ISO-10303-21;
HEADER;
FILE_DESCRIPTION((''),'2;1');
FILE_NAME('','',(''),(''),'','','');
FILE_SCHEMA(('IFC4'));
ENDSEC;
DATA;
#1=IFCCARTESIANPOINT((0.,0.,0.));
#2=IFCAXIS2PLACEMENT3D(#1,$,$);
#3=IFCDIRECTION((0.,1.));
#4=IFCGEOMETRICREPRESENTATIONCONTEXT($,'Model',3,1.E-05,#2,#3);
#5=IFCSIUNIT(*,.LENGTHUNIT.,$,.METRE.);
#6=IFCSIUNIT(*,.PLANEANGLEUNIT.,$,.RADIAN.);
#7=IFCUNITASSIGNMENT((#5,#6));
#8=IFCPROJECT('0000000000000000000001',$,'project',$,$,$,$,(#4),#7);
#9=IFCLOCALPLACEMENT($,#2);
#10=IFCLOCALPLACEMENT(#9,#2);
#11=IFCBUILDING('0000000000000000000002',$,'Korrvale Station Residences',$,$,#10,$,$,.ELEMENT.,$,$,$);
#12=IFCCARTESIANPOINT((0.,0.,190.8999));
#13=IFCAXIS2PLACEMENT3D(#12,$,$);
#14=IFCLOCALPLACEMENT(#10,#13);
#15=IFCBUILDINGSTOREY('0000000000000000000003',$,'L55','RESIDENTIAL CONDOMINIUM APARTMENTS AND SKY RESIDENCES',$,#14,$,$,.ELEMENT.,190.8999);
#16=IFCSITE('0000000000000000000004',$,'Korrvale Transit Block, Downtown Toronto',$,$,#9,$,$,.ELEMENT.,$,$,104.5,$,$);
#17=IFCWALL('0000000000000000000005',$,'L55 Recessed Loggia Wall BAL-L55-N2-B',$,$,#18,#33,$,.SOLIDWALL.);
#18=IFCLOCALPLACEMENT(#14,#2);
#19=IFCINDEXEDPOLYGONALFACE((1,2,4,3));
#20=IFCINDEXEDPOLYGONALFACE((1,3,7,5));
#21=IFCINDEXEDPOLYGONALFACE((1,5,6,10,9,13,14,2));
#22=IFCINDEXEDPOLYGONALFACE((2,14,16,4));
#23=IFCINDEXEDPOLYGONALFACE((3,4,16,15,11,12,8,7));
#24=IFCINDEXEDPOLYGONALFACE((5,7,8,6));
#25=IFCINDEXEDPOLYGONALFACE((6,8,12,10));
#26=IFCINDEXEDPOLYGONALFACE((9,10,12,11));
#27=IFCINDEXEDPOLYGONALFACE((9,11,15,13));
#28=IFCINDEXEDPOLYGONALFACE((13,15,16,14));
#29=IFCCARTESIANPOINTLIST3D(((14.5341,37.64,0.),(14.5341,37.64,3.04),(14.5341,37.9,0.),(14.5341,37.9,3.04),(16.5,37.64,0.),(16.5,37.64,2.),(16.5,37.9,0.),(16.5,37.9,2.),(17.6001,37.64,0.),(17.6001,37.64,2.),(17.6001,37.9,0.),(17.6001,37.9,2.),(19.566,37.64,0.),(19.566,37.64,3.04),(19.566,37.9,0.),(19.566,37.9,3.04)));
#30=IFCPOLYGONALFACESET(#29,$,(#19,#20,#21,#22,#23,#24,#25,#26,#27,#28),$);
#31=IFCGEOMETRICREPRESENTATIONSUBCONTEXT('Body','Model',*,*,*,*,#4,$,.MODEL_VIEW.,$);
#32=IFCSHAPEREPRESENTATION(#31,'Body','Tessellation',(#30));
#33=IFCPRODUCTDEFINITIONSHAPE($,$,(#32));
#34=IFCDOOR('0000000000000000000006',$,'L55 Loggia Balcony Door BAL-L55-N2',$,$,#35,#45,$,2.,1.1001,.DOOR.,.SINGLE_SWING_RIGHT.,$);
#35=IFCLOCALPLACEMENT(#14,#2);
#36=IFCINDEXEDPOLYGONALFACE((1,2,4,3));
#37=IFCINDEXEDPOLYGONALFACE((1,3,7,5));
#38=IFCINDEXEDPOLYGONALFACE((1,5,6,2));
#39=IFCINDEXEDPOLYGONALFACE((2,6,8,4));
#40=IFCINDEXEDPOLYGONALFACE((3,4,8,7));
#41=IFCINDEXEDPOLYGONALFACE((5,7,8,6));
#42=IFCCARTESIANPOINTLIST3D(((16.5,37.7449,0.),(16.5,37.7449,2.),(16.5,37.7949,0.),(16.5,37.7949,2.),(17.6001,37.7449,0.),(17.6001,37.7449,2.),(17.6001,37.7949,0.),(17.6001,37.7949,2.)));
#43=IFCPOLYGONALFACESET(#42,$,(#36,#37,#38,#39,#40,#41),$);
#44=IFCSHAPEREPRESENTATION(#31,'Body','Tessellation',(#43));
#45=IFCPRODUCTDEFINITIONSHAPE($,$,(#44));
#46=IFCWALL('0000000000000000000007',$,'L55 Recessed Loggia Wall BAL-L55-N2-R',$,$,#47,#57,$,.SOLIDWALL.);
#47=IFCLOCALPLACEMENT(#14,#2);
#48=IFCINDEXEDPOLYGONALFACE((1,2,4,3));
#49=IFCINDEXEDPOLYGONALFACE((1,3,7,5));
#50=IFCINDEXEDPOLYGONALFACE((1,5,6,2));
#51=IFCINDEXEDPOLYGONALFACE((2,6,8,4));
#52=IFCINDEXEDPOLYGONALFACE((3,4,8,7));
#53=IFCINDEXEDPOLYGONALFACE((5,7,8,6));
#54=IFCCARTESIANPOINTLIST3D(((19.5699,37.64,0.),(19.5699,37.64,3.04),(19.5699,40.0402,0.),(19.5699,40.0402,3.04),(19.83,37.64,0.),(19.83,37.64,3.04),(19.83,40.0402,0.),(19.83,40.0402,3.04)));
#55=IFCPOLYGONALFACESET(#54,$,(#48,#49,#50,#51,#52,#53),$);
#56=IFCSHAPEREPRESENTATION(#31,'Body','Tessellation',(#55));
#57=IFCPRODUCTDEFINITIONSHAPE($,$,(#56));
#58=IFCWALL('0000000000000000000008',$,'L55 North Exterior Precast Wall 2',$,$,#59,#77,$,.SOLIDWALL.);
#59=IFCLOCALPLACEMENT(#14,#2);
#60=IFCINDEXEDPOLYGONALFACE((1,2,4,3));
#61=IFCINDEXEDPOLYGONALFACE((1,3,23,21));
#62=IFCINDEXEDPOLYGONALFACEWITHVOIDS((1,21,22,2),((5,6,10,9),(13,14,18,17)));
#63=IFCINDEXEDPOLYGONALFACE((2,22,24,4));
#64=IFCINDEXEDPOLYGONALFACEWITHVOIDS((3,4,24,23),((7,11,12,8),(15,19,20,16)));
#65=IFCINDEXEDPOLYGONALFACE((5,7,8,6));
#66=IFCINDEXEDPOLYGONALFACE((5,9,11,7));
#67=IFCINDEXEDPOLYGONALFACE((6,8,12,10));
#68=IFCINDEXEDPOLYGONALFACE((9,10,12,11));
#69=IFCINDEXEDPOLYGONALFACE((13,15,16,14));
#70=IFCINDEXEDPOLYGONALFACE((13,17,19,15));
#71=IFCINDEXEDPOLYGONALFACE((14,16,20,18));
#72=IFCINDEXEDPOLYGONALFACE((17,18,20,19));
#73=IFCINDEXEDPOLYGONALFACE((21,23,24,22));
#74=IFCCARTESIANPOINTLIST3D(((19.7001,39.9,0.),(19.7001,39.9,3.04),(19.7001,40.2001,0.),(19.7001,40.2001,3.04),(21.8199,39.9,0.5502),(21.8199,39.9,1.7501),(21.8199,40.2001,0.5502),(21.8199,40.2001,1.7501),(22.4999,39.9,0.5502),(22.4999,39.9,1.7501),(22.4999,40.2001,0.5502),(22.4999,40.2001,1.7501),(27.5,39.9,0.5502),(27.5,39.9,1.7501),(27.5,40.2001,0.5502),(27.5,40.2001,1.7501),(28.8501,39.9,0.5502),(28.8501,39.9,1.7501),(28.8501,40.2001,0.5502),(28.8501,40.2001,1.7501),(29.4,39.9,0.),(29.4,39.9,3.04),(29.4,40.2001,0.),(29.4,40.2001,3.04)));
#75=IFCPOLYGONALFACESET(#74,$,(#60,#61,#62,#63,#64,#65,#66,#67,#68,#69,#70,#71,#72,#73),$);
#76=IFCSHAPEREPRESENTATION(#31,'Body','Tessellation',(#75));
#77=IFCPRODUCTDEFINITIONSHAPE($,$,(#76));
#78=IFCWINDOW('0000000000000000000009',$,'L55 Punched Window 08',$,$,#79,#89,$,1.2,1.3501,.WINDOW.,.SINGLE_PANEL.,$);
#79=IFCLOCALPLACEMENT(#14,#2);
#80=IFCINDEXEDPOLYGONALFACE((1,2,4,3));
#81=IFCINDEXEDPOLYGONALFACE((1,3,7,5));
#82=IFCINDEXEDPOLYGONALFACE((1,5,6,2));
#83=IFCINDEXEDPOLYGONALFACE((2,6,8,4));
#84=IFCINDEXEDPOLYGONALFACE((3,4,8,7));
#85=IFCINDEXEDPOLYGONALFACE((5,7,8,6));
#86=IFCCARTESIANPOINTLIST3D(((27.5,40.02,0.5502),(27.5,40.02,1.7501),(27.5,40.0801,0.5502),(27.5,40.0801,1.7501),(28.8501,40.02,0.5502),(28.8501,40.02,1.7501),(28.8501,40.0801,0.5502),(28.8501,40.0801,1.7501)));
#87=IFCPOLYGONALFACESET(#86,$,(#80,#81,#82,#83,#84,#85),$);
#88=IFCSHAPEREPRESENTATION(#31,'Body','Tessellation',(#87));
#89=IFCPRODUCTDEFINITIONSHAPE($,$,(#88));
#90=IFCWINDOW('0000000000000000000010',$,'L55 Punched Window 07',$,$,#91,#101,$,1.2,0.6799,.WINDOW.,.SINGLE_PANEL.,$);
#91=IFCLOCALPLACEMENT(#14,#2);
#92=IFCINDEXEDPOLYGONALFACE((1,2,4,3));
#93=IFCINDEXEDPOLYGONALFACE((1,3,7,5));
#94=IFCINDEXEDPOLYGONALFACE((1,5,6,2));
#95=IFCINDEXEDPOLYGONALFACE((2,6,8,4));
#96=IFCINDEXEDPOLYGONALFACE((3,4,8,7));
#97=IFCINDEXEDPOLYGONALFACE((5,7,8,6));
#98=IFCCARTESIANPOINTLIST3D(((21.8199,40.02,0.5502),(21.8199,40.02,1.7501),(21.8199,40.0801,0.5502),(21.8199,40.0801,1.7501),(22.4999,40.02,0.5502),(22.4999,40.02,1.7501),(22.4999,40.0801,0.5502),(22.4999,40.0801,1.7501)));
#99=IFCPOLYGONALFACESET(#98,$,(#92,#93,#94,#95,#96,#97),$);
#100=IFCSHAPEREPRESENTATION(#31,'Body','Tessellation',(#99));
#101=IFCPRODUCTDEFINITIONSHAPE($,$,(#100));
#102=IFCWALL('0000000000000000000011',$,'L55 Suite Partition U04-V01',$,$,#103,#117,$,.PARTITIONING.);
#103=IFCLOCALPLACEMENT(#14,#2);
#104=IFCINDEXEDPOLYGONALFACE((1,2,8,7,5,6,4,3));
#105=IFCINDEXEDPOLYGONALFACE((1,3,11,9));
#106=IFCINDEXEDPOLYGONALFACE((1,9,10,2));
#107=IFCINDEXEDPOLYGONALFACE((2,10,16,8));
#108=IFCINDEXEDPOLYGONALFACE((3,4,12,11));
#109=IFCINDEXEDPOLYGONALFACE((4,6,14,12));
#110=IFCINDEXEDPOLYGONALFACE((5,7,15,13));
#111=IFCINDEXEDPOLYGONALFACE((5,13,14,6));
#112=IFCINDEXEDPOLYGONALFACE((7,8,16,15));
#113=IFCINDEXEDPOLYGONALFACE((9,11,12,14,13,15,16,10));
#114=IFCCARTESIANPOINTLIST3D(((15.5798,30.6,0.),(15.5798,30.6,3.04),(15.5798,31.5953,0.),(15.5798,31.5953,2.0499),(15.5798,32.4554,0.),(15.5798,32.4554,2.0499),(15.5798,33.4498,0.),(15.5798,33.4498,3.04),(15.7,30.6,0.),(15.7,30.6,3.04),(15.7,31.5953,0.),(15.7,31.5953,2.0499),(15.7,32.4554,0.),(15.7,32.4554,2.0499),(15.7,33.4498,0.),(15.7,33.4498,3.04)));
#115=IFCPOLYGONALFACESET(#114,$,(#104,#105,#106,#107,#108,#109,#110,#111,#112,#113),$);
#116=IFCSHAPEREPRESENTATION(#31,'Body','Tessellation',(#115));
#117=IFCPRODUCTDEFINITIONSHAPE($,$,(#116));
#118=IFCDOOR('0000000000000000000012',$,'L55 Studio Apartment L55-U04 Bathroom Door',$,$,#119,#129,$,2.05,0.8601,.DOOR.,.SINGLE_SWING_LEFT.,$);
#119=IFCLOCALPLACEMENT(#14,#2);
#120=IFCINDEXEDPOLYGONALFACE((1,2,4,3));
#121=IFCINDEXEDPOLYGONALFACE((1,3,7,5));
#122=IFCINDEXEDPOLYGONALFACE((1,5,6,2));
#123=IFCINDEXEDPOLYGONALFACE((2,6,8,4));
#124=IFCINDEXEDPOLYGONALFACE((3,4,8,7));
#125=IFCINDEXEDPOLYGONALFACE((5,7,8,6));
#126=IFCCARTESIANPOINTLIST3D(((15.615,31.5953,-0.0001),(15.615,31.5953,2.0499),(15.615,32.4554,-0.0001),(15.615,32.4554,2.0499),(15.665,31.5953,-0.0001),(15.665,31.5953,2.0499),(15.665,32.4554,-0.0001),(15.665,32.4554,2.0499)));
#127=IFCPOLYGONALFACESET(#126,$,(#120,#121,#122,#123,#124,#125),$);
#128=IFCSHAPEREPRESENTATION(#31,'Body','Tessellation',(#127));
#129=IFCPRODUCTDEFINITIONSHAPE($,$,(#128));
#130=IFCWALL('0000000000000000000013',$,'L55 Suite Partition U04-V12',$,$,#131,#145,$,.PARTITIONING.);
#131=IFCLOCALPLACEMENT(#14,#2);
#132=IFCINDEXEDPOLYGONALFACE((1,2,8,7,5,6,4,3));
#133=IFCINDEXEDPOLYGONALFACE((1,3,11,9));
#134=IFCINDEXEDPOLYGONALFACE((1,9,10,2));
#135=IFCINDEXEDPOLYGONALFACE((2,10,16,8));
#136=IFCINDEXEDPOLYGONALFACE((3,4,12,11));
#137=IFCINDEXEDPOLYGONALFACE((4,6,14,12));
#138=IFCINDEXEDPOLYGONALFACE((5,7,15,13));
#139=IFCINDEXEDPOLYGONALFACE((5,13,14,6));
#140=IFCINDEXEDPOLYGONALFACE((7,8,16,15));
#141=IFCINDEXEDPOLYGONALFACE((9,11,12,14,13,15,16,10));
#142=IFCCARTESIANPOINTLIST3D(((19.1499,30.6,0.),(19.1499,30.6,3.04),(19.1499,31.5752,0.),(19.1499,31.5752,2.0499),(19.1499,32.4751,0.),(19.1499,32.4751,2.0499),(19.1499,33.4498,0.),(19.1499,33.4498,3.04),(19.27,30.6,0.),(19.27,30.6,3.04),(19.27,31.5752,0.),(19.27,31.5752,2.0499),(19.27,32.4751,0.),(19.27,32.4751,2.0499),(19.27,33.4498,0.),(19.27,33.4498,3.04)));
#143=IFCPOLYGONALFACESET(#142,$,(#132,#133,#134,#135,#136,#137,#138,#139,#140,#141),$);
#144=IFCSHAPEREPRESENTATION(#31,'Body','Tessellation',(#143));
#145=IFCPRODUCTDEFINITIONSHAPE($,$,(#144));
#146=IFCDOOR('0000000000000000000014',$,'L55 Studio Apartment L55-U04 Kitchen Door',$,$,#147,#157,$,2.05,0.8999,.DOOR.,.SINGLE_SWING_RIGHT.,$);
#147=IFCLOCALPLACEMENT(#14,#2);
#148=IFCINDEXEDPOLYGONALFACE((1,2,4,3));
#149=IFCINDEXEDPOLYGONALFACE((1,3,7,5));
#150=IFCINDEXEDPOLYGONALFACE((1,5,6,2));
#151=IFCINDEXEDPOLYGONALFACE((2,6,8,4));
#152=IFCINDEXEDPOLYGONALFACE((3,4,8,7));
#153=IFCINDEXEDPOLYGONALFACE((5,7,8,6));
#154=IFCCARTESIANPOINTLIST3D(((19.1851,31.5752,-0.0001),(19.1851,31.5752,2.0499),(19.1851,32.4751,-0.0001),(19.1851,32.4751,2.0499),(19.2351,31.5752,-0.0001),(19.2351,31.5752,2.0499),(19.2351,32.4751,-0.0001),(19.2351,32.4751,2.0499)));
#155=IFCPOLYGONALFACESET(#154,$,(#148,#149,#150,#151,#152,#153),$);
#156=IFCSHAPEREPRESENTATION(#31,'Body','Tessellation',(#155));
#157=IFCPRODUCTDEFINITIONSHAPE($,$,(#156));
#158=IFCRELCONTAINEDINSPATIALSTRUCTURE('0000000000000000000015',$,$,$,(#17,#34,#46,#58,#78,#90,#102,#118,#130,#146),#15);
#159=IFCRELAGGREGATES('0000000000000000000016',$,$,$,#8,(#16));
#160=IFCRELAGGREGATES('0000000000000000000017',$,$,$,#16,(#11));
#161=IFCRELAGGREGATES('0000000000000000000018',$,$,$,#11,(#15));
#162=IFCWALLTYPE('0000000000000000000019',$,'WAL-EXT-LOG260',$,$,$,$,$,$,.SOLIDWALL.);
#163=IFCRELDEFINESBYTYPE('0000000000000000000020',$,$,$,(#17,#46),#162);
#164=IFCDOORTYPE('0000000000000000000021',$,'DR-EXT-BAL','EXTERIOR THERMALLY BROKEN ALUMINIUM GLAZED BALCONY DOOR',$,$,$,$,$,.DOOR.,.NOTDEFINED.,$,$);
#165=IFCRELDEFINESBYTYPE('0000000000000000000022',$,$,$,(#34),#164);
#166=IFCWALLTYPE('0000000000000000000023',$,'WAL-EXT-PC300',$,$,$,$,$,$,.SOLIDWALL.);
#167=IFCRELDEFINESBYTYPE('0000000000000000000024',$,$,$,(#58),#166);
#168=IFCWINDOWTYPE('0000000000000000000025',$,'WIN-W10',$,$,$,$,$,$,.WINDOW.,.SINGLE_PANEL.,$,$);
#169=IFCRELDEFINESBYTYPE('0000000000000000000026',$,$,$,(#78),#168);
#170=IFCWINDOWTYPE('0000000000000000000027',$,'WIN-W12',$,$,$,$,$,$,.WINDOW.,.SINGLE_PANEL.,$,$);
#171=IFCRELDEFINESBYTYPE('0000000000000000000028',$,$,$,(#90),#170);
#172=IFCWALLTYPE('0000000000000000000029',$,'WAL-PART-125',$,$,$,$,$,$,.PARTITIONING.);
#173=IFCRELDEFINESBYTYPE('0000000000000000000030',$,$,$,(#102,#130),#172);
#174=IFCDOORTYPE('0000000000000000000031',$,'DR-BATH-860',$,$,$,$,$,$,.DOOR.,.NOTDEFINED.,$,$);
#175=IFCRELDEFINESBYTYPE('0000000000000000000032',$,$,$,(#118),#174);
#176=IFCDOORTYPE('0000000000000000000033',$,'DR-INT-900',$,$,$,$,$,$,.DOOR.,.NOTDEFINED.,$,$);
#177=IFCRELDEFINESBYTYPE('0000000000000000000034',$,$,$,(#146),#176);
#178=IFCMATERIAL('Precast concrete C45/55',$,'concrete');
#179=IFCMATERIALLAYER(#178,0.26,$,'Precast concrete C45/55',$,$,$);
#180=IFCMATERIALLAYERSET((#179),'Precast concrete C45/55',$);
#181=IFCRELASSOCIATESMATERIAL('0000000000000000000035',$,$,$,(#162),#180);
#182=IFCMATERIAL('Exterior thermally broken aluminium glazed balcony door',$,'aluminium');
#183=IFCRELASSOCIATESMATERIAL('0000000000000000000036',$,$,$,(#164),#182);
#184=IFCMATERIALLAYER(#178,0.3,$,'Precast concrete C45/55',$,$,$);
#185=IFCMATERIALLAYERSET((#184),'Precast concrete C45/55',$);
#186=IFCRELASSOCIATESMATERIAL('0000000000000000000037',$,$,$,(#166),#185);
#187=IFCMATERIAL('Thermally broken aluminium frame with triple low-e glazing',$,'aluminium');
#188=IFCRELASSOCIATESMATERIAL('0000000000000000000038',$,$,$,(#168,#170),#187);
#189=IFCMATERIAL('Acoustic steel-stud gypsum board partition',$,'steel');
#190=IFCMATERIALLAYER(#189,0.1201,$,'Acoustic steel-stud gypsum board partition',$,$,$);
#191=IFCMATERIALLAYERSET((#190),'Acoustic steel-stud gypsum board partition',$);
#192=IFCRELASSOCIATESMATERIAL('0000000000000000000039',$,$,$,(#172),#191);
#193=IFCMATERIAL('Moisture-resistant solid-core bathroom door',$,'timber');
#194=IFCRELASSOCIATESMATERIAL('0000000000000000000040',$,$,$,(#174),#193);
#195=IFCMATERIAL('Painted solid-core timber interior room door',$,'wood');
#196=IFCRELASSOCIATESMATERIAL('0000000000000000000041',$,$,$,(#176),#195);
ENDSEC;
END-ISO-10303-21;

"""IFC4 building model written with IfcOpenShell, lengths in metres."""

from ifc_helpers import new_model, si_unit, direction, frame, frame_2d, origin, place, context, subcontext, project, spatial, rectangle, extrude, material, layer, layer_set, type_object, element, fill, save


model = new_model("IFC4")

# Units and contexts
model_context = context("Model", 3, precision=1e-05, world=origin(), true_north=direction((0.0, 1.0)))
body_context = subcontext(model_context, "Body", "Model", "MODEL_VIEW")
ifc_project = project(units=[si_unit("LENGTHUNIT", "METRE"), si_unit("PLANEANGLEUNIT", "RADIAN")], contexts=[model_context])

# Site, building, storey
site_placement = place(None, origin())
site = spatial("IfcSite", under=ifc_project, at=site_placement, Name="Korrvale Transit Block, Downtown Toronto", CompositionType="ELEMENT", RefElevation=104.5)
building_placement = place(site_placement, origin())
building = spatial("IfcBuilding", under=site, at=building_placement, Name="Korrvale Station Residences", CompositionType="ELEMENT")
storey_placement = place(building_placement, frame((0.0, 0.0, 190.8999)))
storey = spatial("IfcBuildingStorey", under=building, at=storey_placement, Name="L55", Description="RESIDENTIAL CONDOMINIUM APARTMENTS AND SKY RESIDENCES", CompositionType="ELEMENT", Elevation=190.8999)

# Shared definitions
ifc_material_1 = material(Name="Precast concrete C45/55", Category="concrete")
ifc_layer_1 = layer(ifc_material_1, 0.26, Name="Precast concrete C45/55")
ifc_layer_set_1 = layer_set([ifc_layer_1], Name="Precast concrete C45/55")
wall_type_1 = type_object("IfcWallType", Name="WAL-EXT-LOG260", PredefinedType="SOLIDWALL", material=ifc_layer_set_1)

# Wall, opening, door
wall_1_placement = place(storey_placement, frame((14.5339, 37.77, 0.0), z_axis=(0.0, 0.0, 1.0), x_axis=(1.0, 0.0, 0.0)))
wall_1 = element("IfcWall", 1, at=wall_1_placement, inside=storey, type_object=wall_type_1, Name="L55 Recessed Loggia Wall BAL-L55-N2-B", PredefinedType="SOLIDWALL", context=body_context, shape_type="SweptSolid", body=[
    extrude(rectangle(XDim=5.032, YDim=0.26, at=frame_2d((2.5161, 0.0))), origin(), (0.0, 0.0, 1.0), 3.04),
])
opening_1_placement = place(wall_1_placement, frame((1.9661, 0.0, 0.0)))
opening_1 = element("IfcOpeningElement", 2, at=opening_1_placement, cuts=wall_1, PredefinedType="OPENING", context=body_context, shape_type="SweptSolid", body=[
    extrude(rectangle(XDim=1.1001, YDim=2.0, at=frame_2d((0.55, 1.0))), frame((0.0, 0.1401, 0.0), z_axis=(0.0, -1.0, 0.0), x_axis=(1.0, 0.0, 0.0)), (0.0, 0.0, 1.0), 0.28),
])
ifc_material_2 = material(Name="Exterior thermally broken aluminium glazed balcony door", Category="aluminium")
door_type_1 = type_object("IfcDoorType", Name="DR-EXT-BAL", Description="EXTERIOR THERMALLY BROKEN ALUMINIUM GLAZED BALCONY DOOR", OperationType="NOTDEFINED", PredefinedType="DOOR", material=ifc_material_2)
door_1_placement = place(opening_1_placement, origin())
door_1 = element("IfcDoor", 3, at=door_1_placement, inside=storey, type_object=door_type_1, Name="L55 Loggia Balcony Door BAL-L55-N2", OperationType="SINGLE_SWING_RIGHT", OverallHeight=2.0, OverallWidth=1.1001, PredefinedType="DOOR", context=body_context, shape_type="SweptSolid", body=[
    extrude(rectangle(XDim=1.1001, YDim=2.0, at=frame_2d((0.55, 1.0))), frame((0.0, 0.0249, 0.0), z_axis=(0.0, -1.0, 0.0), x_axis=(1.0, 0.0, 0.0)), (0.0, 0.0, 1.0), 0.05),
])
fill(opening_1, door_1)

# Wall
wall_2_placement = place(storey_placement, frame((19.7, 37.6399, 0.0), z_axis=(0.0, 0.0, 1.0), x_axis=(0.0, 1.0, 0.0)))
element("IfcWall", 4, at=wall_2_placement, inside=storey, type_object=wall_type_1, Name="L55 Recessed Loggia Wall BAL-L55-N2-R", PredefinedType="SOLIDWALL", context=body_context, shape_type="SweptSolid", body=[
    extrude(rectangle(XDim=2.4001, YDim=0.26, at=frame_2d((1.2002, 0.0))), origin(), (0.0, 0.0, 1.0), 3.04),
])

# Wall, openings, windows
ifc_layer_2 = layer(ifc_material_1, 0.3, Name="Precast concrete C45/55")
ifc_layer_set_2 = layer_set([ifc_layer_2], Name="Precast concrete C45/55")
wall_type_2 = type_object("IfcWallType", Name="WAL-EXT-PC300", PredefinedType="SOLIDWALL", material=ifc_layer_set_2)
wall_3_placement = place(storey_placement, frame((19.7, 40.05, 0.0), z_axis=(0.0, 0.0, 1.0), x_axis=(1.0, 0.0, 0.0)))
wall_3 = element("IfcWall", 5, at=wall_3_placement, inside=storey, type_object=wall_type_2, Name="L55 North Exterior Precast Wall 2", PredefinedType="SOLIDWALL", context=body_context, shape_type="SweptSolid", body=[
    extrude(rectangle(XDim=9.7, YDim=0.3, at=frame_2d((4.8501, 0.0))), origin(), (0.0, 0.0, 1.0), 3.04),
])
opening_2_placement = place(wall_3_placement, frame((2.1201, 0.0, 0.55)))
opening_2 = element("IfcOpeningElement", 6, at=opening_2_placement, cuts=wall_3, PredefinedType="OPENING", context=body_context, shape_type="SweptSolid", body=[
    extrude(rectangle(XDim=0.6799, YDim=1.2, at=frame_2d((0.3398, 0.6001))), frame((0.0, 0.1602, 0.0), z_axis=(0.0, -1.0, 0.0), x_axis=(1.0, 0.0, 0.0)), (0.0, 0.0, 1.0), 0.3201),
])
opening_3_placement = place(wall_3_placement, frame((7.8, 0.0, 0.55)))
opening_3 = element("IfcOpeningElement", 7, at=opening_3_placement, cuts=wall_3, PredefinedType="OPENING", context=body_context, shape_type="SweptSolid", body=[
    extrude(rectangle(XDim=1.3501, YDim=1.2, at=frame_2d((0.675, 0.6001))), frame((0.0, 0.1602, 0.0), z_axis=(0.0, -1.0, 0.0), x_axis=(1.0, 0.0, 0.0)), (0.0, 0.0, 1.0), 0.3201),
])
ifc_material_3 = material(Name="Thermally broken aluminium frame with triple low-e glazing", Category="aluminium")
window_type_1 = type_object("IfcWindowType", Name="WIN-W10", PartitioningType="SINGLE_PANEL", PredefinedType="WINDOW", material=ifc_material_3)
window_1_placement = place(opening_3_placement, origin())
window_1 = element("IfcWindow", 8, at=window_1_placement, inside=storey, type_object=window_type_1, Name="L55 Punched Window 08", OverallHeight=1.2, OverallWidth=1.3501, PartitioningType="SINGLE_PANEL", PredefinedType="WINDOW", context=body_context, shape_type="SweptSolid", body=[
    extrude(rectangle(XDim=1.3501, YDim=1.2, at=frame_2d((0.675, 0.6001))), frame((0.0, 0.03, 0.0), z_axis=(0.0, -1.0, 0.0), x_axis=(1.0, 0.0, 0.0)), (0.0, 0.0, 1.0), 0.0601),
])
fill(opening_3, window_1)
window_type_2 = type_object("IfcWindowType", Name="WIN-W12", PartitioningType="SINGLE_PANEL", PredefinedType="WINDOW", material=ifc_material_3)
window_2_placement = place(opening_2_placement, origin())
window_2 = element("IfcWindow", 9, at=window_2_placement, inside=storey, type_object=window_type_2, Name="L55 Punched Window 07", OverallHeight=1.2, OverallWidth=0.6799, PartitioningType="SINGLE_PANEL", PredefinedType="WINDOW", context=body_context, shape_type="SweptSolid", body=[
    extrude(rectangle(XDim=0.6799, YDim=1.2, at=frame_2d((0.3398, 0.6001))), frame((0.0, 0.03, 0.0), z_axis=(0.0, -1.0, 0.0), x_axis=(1.0, 0.0, 0.0)), (0.0, 0.0, 1.0), 0.0601),
])
fill(opening_2, window_2)

# Walls, openings, doors
ifc_material_4 = material(Name="Acoustic steel-stud gypsum board partition", Category="steel")
ifc_layer_3 = layer(ifc_material_4, 0.1201, Name="Acoustic steel-stud gypsum board partition")
ifc_layer_set_3 = layer_set([ifc_layer_3], Name="Acoustic steel-stud gypsum board partition")
wall_type_3 = type_object("IfcWallType", Name="WAL-PART-125", PredefinedType="PARTITIONING", material=ifc_layer_set_3)
wall_4_placement = place(storey_placement, frame((15.6399, 30.6001, 0.0), z_axis=(0.0, 0.0, 1.0), x_axis=(0.0, 1.0, 0.0)))
wall_4 = element("IfcWall", 10, at=wall_4_placement, inside=storey, type_object=wall_type_3, Name="L55 Suite Partition U04-V01", PredefinedType="PARTITIONING", context=body_context, shape_type="SweptSolid", body=[
    extrude(rectangle(XDim=2.8499, YDim=0.1201, at=frame_2d((1.4248, 0.0))), origin(), (0.0, 0.0, 1.0), 3.04),
])
opening_4_placement = place(wall_4_placement, frame((0.9951, 0.0, 0.0)))
opening_4 = element("IfcOpeningElement", 11, at=opening_4_placement, cuts=wall_4, PredefinedType="OPENING", context=body_context, shape_type="SweptSolid", body=[
    extrude(rectangle(XDim=0.8601, YDim=2.05, at=frame_2d((0.4302, 1.0249))), frame((0.0, 0.0701, 0.0), z_axis=(0.0, -1.0, 0.0), x_axis=(1.0, 0.0, 0.0)), (0.0, 0.0, 1.0), 0.1401),
])
ifc_material_5 = material(Name="Moisture-resistant solid-core bathroom door", Category="timber")
door_type_2 = type_object("IfcDoorType", Name="DR-BATH-860", OperationType="NOTDEFINED", PredefinedType="DOOR", material=ifc_material_5)
door_2_placement = place(opening_4_placement, origin())
door_2 = element("IfcDoor", 12, at=door_2_placement, inside=storey, type_object=door_type_2, Name="L55 Studio Apartment L55-U04 Bathroom Door", OperationType="SINGLE_SWING_LEFT", OverallHeight=2.05, OverallWidth=0.8601, PredefinedType="DOOR", context=body_context, shape_type="SweptSolid", body=[
    extrude(rectangle(XDim=0.8601, YDim=2.05, at=frame_2d((0.4302, 1.0249))), frame((0.0, 0.0249, 0.0), z_axis=(0.0, -1.0, 0.0), x_axis=(1.0, 0.0, 0.0)), (0.0, 0.0, 1.0), 0.05),
])
fill(opening_4, door_2)
wall_5_placement = place(storey_placement, frame((19.21, 30.6001, 0.0), z_axis=(0.0, 0.0, 1.0), x_axis=(0.0, 1.0, 0.0)))
wall_5 = element("IfcWall", 13, at=wall_5_placement, inside=storey, type_object=wall_type_3, Name="L55 Suite Partition U04-V12", PredefinedType="PARTITIONING", context=body_context, shape_type="SweptSolid", body=[
    extrude(rectangle(XDim=2.8499, YDim=0.1201, at=frame_2d((1.4248, 0.0))), origin(), (0.0, 0.0, 1.0), 3.04),
])
opening_5_placement = place(wall_5_placement, frame((0.9751, 0.0, 0.0)))
opening_5 = element("IfcOpeningElement", 14, at=opening_5_placement, cuts=wall_5, PredefinedType="OPENING", context=body_context, shape_type="SweptSolid", body=[
    extrude(rectangle(XDim=0.8999, YDim=2.05, at=frame_2d((0.45, 1.0249))), frame((0.0, 0.0701, 0.0), z_axis=(0.0, -1.0, 0.0), x_axis=(1.0, 0.0, 0.0)), (0.0, 0.0, 1.0), 0.1401),
])
ifc_material_6 = material(Name="Painted solid-core timber interior room door", Category="wood")
door_type_3 = type_object("IfcDoorType", Name="DR-INT-900", OperationType="NOTDEFINED", PredefinedType="DOOR", material=ifc_material_6)
door_3_placement = place(opening_5_placement, origin())
door_3 = element("IfcDoor", 15, at=door_3_placement, inside=storey, type_object=door_type_3, Name="L55 Studio Apartment L55-U04 Kitchen Door", OperationType="SINGLE_SWING_RIGHT", OverallHeight=2.05, OverallWidth=0.8999, PredefinedType="DOOR", context=body_context, shape_type="SweptSolid", body=[
    extrude(rectangle(XDim=0.8999, YDim=2.05, at=frame_2d((0.45, 1.0249))), frame((0.0, 0.0249, 0.0), z_axis=(0.0, -1.0, 0.0), x_axis=(1.0, 0.0, 0.0)), (0.0, 0.0, 1.0), 0.05),
])
fill(opening_5, door_3)

save(model, "model.ifc")
